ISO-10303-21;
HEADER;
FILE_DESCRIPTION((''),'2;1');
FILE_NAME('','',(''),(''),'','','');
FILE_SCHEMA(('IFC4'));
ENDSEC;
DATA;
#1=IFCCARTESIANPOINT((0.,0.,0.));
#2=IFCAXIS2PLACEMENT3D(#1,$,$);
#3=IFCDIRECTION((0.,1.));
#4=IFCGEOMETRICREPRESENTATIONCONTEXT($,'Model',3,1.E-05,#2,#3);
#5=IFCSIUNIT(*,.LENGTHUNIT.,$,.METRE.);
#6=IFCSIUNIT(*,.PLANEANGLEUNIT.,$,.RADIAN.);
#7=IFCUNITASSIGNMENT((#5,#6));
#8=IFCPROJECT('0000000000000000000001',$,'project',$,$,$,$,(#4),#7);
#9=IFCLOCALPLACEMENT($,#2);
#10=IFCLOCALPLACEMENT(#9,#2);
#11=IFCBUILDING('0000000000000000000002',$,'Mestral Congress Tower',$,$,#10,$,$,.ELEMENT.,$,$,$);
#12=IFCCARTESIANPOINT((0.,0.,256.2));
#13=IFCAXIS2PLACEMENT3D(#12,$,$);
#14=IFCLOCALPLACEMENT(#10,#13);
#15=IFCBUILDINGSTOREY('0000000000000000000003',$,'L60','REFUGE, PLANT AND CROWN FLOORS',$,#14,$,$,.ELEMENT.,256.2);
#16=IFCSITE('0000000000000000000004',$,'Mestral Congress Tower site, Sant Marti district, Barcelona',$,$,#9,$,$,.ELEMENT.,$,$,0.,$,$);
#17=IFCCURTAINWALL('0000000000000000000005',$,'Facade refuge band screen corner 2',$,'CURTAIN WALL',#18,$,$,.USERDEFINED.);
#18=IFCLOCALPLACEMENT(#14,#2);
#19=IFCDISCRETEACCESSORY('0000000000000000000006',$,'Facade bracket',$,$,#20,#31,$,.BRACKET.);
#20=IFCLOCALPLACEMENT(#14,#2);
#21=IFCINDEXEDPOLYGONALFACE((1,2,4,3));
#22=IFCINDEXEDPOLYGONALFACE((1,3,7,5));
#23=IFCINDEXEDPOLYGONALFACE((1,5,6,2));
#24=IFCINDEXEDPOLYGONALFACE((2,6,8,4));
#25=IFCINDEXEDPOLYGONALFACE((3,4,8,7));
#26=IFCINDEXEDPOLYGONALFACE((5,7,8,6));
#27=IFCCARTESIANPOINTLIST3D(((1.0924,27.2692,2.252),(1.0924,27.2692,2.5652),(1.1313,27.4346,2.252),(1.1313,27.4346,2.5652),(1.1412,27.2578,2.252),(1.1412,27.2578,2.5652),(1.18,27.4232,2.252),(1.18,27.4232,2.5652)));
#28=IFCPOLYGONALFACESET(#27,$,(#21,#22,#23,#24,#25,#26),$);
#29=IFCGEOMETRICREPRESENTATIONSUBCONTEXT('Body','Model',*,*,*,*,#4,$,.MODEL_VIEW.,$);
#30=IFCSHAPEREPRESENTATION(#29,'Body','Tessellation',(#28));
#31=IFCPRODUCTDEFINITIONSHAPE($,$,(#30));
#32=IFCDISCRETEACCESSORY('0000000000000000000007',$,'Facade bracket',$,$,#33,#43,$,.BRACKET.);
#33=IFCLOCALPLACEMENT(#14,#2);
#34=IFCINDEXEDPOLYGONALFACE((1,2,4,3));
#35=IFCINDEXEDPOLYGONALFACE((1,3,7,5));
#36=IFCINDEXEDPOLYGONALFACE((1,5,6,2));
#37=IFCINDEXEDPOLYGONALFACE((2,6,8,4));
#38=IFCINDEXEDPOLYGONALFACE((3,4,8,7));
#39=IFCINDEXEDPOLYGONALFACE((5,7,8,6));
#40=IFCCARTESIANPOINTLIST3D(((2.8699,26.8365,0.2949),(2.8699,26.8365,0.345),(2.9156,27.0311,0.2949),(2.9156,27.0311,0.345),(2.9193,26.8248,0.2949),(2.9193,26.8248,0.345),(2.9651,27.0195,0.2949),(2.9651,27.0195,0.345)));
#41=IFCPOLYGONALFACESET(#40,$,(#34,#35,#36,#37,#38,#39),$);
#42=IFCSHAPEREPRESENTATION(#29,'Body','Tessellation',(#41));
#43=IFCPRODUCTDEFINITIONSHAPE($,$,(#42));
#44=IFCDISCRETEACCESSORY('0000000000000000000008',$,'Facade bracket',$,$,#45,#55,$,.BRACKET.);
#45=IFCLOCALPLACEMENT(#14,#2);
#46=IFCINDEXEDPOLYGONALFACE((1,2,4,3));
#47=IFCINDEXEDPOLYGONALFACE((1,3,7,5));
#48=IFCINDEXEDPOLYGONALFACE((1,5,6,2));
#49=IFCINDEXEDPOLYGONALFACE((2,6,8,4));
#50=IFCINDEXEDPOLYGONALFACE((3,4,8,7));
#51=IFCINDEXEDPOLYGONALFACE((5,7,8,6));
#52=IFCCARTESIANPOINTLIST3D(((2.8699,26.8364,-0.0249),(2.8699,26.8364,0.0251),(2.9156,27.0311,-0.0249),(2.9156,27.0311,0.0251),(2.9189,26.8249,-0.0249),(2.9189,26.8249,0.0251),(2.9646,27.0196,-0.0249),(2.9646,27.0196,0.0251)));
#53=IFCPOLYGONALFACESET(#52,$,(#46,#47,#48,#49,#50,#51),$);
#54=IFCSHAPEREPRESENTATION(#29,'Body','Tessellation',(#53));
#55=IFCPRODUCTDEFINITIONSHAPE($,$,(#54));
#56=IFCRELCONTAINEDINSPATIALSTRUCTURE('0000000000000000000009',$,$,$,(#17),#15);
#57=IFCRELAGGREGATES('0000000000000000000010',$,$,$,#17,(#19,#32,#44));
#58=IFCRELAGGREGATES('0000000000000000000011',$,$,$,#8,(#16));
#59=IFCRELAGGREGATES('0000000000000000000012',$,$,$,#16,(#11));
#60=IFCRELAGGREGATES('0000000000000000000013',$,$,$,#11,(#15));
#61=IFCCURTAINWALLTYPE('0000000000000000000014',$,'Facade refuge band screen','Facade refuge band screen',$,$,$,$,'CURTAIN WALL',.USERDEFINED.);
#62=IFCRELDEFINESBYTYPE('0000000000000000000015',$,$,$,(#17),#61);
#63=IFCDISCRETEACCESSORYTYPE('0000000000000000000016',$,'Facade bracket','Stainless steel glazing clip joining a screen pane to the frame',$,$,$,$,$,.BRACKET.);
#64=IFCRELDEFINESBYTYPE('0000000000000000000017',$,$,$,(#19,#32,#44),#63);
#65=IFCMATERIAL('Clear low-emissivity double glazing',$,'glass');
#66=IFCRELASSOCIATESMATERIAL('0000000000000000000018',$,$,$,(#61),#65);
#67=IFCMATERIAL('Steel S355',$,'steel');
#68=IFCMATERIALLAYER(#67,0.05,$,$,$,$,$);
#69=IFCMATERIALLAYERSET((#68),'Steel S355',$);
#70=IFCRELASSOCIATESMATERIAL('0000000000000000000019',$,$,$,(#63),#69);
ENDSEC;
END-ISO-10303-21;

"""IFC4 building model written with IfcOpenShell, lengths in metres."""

from ifc_helpers import new_model, si_unit, direction, frame, origin, origin_2d, place, context, subcontext, project, spatial, rectangle, extrude, material, layer, layer_set, type_object, element, aggregate, save


model = new_model("IFC4")

# Units and contexts
model_context = context("Model", 3, precision=1e-05, world=origin(), true_north=direction((0.0, 1.0)))
body_context = subcontext(model_context, "Body", "Model", "MODEL_VIEW")
ifc_project = project(units=[si_unit("LENGTHUNIT", "METRE"), si_unit("PLANEANGLEUNIT", "RADIAN")], contexts=[model_context])

# Site, building, storey
site_placement = place(None, origin())
site = spatial("IfcSite", under=ifc_project, at=site_placement, Name="Mestral Congress Tower site, Sant Marti district, Barcelona", CompositionType="ELEMENT", RefElevation=0.0)
building_placement = place(site_placement, origin())
building = spatial("IfcBuilding", under=site, at=building_placement, Name="Mestral Congress Tower", CompositionType="ELEMENT")
storey_placement = place(building_placement, frame((0.0, 0.0, 256.2)))
storey = spatial("IfcBuildingStorey", under=building, at=storey_placement, Name="L60", Description="REFUGE, PLANT AND CROWN FLOORS", CompositionType="ELEMENT", Elevation=256.2)

# Shared definitions
ifc_material_1 = material(Name="Steel S355", Category="steel")

# Curtain wall
ifc_material_2 = material(Name="Clear low-emissivity double glazing", Category="glass")
curtain_wall_type = type_object("IfcCurtainWallType", Name="Facade refuge band screen", Description="Facade refuge band screen", ElementType="CURTAIN WALL", PredefinedType="USERDEFINED", material=ifc_material_2)
curtain_wall_placement = place(storey_placement, origin())
curtain_wall = element("IfcCurtainWall", 1, at=curtain_wall_placement, inside=storey, type_object=curtain_wall_type, Name="Facade refuge band screen corner 2", ObjectType="CURTAIN WALL", PredefinedType="USERDEFINED")

# Discrete accessories
ifc_layer_1 = layer(ifc_material_1, 0.05)
ifc_layer_set_1 = layer_set([ifc_layer_1], Name="Steel S355")
discrete_accessory_type = type_object("IfcDiscreteAccessoryType", Name="Facade bracket", Description="Stainless steel glazing clip joining a screen pane to the frame", PredefinedType="BRACKET", material=ifc_layer_set_1)
discrete_accessory_1_placement = place(storey_placement, frame((1.1362, 27.3462, 2.252), z_axis=(0.0, 0.0, 1.0), x_axis=(-0.973514, 0.228626, 0.0)))
discrete_accessory_1 = element("IfcDiscreteAccessory", 2, at=discrete_accessory_1_placement, type_object=discrete_accessory_type, Name="Facade bracket", PredefinedType="BRACKET", context=body_context, shape_type="SweptSolid", body=[
    extrude(rectangle(XDim=0.05, YDim=0.1699, at=origin_2d()), origin(), (0.0, 0.0, 1.0), 0.3132),
])
discrete_accessory_2_placement = place(storey_placement, frame((2.9175, 26.928, 0.2949), z_axis=(0.0, 0.0, 1.0), x_axis=(-0.973509, 0.22865, 0.0)))
discrete_accessory_2 = element("IfcDiscreteAccessory", 3, at=discrete_accessory_2_placement, type_object=discrete_accessory_type, Name="Facade bracket", PredefinedType="BRACKET", context=body_context, shape_type="SweptSolid", body=[
    extrude(rectangle(XDim=0.0508, YDim=0.2, at=origin_2d()), origin(), (0.0, 0.0, 1.0), 0.05),
])
discrete_accessory_3_placement = place(storey_placement, frame((2.9172, 26.928, -0.0249), z_axis=(0.0, 0.0, 1.0), x_axis=(-0.973511, 0.22864, 0.0)))
discrete_accessory_3 = element("IfcDiscreteAccessory", 4, at=discrete_accessory_3_placement, type_object=discrete_accessory_type, Name="Facade bracket", PredefinedType="BRACKET", context=body_context, shape_type="SweptSolid", body=[
    extrude(rectangle(XDim=0.0503, YDim=0.2, at=origin_2d()), origin(), (0.0, 0.0, 1.0), 0.05),
])
aggregate(curtain_wall, [discrete_accessory_1, discrete_accessory_2, discrete_accessory_3])

save(model, "model.ifc")
